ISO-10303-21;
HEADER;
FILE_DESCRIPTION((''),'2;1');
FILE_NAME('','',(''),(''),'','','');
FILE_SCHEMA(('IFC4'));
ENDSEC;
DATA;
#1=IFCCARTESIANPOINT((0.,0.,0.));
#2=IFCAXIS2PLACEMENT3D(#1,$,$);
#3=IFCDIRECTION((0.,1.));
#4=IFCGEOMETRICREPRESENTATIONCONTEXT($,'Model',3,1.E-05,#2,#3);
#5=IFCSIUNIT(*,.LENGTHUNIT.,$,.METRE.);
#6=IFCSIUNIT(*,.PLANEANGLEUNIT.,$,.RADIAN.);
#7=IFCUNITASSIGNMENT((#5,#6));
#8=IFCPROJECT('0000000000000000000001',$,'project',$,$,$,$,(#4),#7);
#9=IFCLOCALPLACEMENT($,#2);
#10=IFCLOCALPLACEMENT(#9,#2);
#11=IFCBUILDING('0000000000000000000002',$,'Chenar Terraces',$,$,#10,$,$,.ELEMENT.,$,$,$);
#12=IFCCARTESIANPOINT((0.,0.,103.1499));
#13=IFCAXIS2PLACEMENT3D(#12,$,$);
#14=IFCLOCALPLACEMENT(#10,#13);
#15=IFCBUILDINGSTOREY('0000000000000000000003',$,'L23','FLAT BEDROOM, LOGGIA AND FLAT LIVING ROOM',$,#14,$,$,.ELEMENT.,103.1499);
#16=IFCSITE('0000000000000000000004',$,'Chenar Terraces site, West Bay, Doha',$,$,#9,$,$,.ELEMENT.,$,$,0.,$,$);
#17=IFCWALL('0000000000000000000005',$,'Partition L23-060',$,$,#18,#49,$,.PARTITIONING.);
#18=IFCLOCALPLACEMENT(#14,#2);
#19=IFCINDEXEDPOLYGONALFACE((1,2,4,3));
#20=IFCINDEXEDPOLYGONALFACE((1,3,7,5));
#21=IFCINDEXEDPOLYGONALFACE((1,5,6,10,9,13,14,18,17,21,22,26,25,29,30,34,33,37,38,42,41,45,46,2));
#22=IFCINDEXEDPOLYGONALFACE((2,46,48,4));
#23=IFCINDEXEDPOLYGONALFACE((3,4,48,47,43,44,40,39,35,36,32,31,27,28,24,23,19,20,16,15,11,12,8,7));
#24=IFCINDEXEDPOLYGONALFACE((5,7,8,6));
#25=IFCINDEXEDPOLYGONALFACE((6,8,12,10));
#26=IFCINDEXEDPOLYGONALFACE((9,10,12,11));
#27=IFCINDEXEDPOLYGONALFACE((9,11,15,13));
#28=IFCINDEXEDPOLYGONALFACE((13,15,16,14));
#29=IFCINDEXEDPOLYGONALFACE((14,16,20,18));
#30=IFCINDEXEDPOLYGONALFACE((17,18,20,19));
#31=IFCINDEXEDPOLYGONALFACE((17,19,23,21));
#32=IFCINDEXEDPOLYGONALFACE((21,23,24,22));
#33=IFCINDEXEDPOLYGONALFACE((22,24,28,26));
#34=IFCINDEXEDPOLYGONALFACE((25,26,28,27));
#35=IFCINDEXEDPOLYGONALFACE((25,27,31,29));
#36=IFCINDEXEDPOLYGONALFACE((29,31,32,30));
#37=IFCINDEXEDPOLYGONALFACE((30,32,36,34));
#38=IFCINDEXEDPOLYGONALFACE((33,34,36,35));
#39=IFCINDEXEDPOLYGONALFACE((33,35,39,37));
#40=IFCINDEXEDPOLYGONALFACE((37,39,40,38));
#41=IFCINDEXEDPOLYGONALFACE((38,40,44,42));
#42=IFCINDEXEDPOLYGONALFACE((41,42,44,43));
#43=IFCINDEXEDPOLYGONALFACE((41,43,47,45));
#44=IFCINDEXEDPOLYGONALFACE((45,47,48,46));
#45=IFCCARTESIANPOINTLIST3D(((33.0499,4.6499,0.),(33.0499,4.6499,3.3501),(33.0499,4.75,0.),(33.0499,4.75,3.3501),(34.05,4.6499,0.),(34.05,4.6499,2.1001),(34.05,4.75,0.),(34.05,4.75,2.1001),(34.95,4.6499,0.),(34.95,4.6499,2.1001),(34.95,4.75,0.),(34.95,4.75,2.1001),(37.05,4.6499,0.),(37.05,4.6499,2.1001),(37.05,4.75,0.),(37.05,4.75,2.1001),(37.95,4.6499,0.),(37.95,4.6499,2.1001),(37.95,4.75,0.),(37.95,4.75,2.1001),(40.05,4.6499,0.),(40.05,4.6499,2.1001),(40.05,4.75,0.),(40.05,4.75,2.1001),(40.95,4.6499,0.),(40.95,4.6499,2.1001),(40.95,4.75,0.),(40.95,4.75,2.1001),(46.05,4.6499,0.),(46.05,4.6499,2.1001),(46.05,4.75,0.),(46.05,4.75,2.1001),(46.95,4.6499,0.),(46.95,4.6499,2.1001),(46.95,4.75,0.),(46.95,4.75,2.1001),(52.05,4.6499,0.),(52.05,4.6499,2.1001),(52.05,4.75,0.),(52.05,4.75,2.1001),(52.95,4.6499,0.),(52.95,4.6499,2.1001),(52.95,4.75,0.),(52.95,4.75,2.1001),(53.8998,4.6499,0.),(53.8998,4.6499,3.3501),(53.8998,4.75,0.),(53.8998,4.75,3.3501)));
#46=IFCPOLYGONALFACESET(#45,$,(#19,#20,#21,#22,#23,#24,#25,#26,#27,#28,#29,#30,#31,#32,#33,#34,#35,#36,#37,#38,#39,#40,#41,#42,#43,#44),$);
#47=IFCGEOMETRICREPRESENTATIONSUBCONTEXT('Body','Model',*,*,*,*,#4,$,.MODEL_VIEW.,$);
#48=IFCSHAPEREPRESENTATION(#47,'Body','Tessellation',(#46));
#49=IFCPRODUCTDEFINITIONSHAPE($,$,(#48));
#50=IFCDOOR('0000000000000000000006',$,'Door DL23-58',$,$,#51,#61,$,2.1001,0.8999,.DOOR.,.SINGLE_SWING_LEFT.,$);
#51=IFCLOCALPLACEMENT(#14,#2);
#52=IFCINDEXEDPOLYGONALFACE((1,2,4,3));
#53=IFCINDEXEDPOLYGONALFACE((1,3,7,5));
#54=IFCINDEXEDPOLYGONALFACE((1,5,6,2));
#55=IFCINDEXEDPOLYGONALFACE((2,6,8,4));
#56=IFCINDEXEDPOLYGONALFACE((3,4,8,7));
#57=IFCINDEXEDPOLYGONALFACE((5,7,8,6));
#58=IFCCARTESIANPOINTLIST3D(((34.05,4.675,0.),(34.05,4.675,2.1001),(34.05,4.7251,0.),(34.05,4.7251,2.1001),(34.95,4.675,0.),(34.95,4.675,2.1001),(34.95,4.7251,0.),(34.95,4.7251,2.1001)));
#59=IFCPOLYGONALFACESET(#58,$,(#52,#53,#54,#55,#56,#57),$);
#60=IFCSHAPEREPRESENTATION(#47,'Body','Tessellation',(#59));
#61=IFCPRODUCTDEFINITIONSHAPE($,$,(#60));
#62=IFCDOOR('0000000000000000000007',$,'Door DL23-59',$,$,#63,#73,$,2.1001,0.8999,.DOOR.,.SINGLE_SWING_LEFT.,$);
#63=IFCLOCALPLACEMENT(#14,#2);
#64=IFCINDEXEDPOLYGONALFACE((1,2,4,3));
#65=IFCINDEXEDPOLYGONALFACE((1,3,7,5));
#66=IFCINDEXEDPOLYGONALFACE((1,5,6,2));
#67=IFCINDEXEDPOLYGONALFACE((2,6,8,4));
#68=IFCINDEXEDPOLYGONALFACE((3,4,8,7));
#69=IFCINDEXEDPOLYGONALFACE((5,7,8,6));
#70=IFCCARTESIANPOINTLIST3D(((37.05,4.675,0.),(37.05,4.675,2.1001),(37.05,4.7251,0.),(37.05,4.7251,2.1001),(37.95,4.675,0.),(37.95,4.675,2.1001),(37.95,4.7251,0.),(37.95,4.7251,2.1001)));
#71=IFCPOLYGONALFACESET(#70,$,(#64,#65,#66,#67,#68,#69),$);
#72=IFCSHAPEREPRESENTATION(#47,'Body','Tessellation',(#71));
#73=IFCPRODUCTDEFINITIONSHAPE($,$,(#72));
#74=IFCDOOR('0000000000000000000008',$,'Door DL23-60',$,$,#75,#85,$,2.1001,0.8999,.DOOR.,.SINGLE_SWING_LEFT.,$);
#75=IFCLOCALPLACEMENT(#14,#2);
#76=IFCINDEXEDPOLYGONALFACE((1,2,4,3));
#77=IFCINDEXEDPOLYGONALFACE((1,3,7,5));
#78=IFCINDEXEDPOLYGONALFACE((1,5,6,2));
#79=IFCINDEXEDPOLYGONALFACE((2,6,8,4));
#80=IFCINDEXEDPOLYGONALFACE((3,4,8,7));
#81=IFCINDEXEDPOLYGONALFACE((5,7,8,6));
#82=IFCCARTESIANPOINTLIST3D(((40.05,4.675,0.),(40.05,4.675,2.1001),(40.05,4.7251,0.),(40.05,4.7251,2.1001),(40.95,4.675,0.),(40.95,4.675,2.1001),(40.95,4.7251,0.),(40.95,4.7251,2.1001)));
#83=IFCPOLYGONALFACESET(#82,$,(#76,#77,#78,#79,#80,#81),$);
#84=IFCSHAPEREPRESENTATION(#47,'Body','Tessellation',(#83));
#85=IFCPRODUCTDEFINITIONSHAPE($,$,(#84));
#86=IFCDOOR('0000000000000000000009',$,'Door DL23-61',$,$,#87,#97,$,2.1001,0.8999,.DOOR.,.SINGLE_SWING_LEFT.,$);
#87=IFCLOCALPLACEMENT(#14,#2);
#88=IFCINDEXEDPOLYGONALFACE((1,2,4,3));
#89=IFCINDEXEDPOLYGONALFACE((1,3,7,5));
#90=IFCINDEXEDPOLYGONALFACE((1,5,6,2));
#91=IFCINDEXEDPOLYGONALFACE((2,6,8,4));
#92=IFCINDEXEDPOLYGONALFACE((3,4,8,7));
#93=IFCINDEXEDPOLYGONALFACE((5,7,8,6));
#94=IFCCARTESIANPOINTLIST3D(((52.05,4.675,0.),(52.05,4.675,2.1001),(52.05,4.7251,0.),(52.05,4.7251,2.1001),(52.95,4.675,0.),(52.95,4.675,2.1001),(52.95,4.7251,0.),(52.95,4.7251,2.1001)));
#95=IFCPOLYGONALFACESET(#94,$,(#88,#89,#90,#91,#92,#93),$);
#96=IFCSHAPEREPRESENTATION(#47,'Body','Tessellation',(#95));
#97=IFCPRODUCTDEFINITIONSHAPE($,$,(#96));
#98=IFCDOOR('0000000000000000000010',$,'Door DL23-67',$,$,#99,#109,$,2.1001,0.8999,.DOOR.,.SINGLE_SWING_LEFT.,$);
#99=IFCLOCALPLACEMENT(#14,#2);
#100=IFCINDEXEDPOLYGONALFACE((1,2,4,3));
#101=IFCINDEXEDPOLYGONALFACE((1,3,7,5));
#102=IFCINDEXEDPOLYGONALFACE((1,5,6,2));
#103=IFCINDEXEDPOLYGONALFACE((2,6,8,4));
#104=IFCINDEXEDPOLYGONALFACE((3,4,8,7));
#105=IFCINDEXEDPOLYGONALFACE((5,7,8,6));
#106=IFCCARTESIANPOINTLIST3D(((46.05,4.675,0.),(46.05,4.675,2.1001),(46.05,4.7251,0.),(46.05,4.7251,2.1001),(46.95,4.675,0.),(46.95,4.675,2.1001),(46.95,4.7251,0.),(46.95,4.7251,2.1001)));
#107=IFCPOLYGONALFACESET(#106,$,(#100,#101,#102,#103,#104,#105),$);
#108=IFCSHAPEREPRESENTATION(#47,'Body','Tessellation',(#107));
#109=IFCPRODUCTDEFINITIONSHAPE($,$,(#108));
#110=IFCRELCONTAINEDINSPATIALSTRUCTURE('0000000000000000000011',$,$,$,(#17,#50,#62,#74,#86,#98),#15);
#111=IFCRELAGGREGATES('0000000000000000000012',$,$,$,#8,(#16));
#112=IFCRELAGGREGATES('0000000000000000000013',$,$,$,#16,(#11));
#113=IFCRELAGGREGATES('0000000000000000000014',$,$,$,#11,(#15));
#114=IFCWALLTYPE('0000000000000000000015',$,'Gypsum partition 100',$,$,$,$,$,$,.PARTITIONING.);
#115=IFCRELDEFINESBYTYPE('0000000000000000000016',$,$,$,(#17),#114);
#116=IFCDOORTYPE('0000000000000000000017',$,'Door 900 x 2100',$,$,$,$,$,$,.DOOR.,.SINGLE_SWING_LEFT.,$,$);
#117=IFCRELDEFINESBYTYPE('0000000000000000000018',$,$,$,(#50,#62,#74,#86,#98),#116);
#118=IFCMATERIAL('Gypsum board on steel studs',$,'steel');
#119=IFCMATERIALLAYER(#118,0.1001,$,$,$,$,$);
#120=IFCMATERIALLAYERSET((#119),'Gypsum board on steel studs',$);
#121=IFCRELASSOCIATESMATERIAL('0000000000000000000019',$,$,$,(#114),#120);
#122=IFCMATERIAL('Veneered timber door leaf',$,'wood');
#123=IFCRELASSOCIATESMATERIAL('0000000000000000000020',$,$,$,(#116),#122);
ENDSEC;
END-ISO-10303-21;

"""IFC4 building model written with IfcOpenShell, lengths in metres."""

from ifc_helpers import new_model, si_unit, direction, frame, frame_2d, origin, place, context, subcontext, project, spatial, rectangle, extrude, material, layer, layer_set, type_object, element, fill, save


model = new_model("IFC4")

# Units and contexts
model_context = context("Model", 3, precision=1e-05, world=origin(), true_north=direction((0.0, 1.0)))
body_context = subcontext(model_context, "Body", "Model", "MODEL_VIEW")
ifc_project = project(units=[si_unit("LENGTHUNIT", "METRE"), si_unit("PLANEANGLEUNIT", "RADIAN")], contexts=[model_context])

# Site, building, storey
site_placement = place(None, origin())
site = spatial("IfcSite", under=ifc_project, at=site_placement, Name="Chenar Terraces site, West Bay, Doha", CompositionType="ELEMENT", RefElevation=0.0)
building_placement = place(site_placement, origin())
building = spatial("IfcBuilding", under=site, at=building_placement, Name="Chenar Terraces", CompositionType="ELEMENT")
storey_placement = place(building_placement, frame((0.0, 0.0, 103.1499)))
storey = spatial("IfcBuildingStorey", under=building, at=storey_placement, Name="L23", Description="FLAT BEDROOM, LOGGIA AND FLAT LIVING ROOM", CompositionType="ELEMENT", Elevation=103.1499)

# Wall, openings, doors
ifc_material_1 = material(Name="Gypsum board on steel studs", Category="steel")
ifc_layer_1 = layer(ifc_material_1, 0.1001)
ifc_layer_set_1 = layer_set([ifc_layer_1], Name="Gypsum board on steel studs")
wall_type_1 = type_object("IfcWallType", Name="Gypsum partition 100", PredefinedType="PARTITIONING", material=ifc_layer_set_1)
wall_1_placement = place(storey_placement, frame((33.05, 4.7, 0.0), z_axis=(0.0, 0.0, 1.0), x_axis=(1.0, 0.0, 0.0)))
wall_1 = element("IfcWall", 1, at=wall_1_placement, inside=storey, type_object=wall_type_1, Name="Partition L23-060", PredefinedType="PARTITIONING", context=body_context, shape_type="SweptSolid", body=[
    extrude(rectangle(XDim=20.8499, YDim=0.1001, at=frame_2d((10.4248, 0.0))), origin(), (0.0, 0.0, 1.0), 3.3501),
])
opening_1_placement = place(wall_1_placement, frame((1.0, 0.0, 0.0)))
opening_1 = element("IfcOpeningElement", 2, at=opening_1_placement, cuts=wall_1, PredefinedType="OPENING", context=body_context, shape_type="SweptSolid", body=[
    extrude(rectangle(XDim=0.8999, YDim=2.1001, at=frame_2d((0.45, 1.05))), frame((0.0, 0.0601, 0.0), z_axis=(0.0, -1.0, 0.0), x_axis=(1.0, 0.0, 0.0)), (0.0, 0.0, 1.0), 0.1201),
])
opening_2_placement = place(wall_1_placement, frame((4.0, 0.0, 0.0)))
opening_2 = element("IfcOpeningElement", 3, at=opening_2_placement, cuts=wall_1, PredefinedType="OPENING", context=body_context, shape_type="SweptSolid", body=[
    extrude(rectangle(XDim=0.8999, YDim=2.1001, at=frame_2d((0.45, 1.05))), frame((0.0, 0.0601, 0.0), z_axis=(0.0, -1.0, 0.0), x_axis=(1.0, 0.0, 0.0)), (0.0, 0.0, 1.0), 0.1201),
])
opening_3_placement = place(wall_1_placement, frame((7.0, 0.0, 0.0)))
opening_3 = element("IfcOpeningElement", 4, at=opening_3_placement, cuts=wall_1, PredefinedType="OPENING", context=body_context, shape_type="SweptSolid", body=[
    extrude(rectangle(XDim=0.8999, YDim=2.1001, at=frame_2d((0.45, 1.05))), frame((0.0, 0.0601, 0.0), z_axis=(0.0, -1.0, 0.0), x_axis=(1.0, 0.0, 0.0)), (0.0, 0.0, 1.0), 0.1201),
])
opening_4_placement = place(wall_1_placement, frame((19.0, 0.0, 0.0)))
opening_4 = element("IfcOpeningElement", 5, at=opening_4_placement, cuts=wall_1, PredefinedType="OPENING", context=body_context, shape_type="SweptSolid", body=[
    extrude(rectangle(XDim=0.8999, YDim=2.1001, at=frame_2d((0.45, 1.05))), frame((0.0, 0.0601, 0.0), z_axis=(0.0, -1.0, 0.0), x_axis=(1.0, 0.0, 0.0)), (0.0, 0.0, 1.0), 0.1201),
])
opening_5_placement = place(wall_1_placement, frame((13.0, 0.0, 0.0)))
opening_5 = element("IfcOpeningElement", 6, at=opening_5_placement, cuts=wall_1, PredefinedType="OPENING", context=body_context, shape_type="SweptSolid", body=[
    extrude(rectangle(XDim=0.8999, YDim=2.1001, at=frame_2d((0.45, 1.05))), frame((0.0, 0.0601, 0.0), z_axis=(0.0, -1.0, 0.0), x_axis=(1.0, 0.0, 0.0)), (0.0, 0.0, 1.0), 0.1201),
])
ifc_material_2 = material(Name="Veneered timber door leaf", Category="wood")
door_type_1 = type_object("IfcDoorType", Name="Door 900 x 2100", OperationType="SINGLE_SWING_LEFT", PredefinedType="DOOR", material=ifc_material_2)
door_1_placement = place(opening_1_placement, frame((0.8999, 0.0, 0.0), z_axis=(0.0, 0.0, 1.0), x_axis=(-1.0, 0.0, 0.0)))
door_1 = element("IfcDoor", 7, at=door_1_placement, inside=storey, type_object=door_type_1, Name="Door DL23-58", OperationType="SINGLE_SWING_LEFT", OverallHeight=2.1001, OverallWidth=0.8999, PredefinedType="DOOR", context=body_context, shape_type="SweptSolid", body=[
    extrude(rectangle(XDim=0.8999, YDim=2.1001, at=frame_2d((0.45, 1.05))), frame((0.0, 0.0249, 0.0), z_axis=(0.0, -1.0, 0.0), x_axis=(1.0, 0.0, 0.0)), (0.0, 0.0, 1.0), 0.05),
])
fill(opening_1, door_1)
door_2_placement = place(opening_2_placement, frame((0.8999, 0.0, 0.0), z_axis=(0.0, 0.0, 1.0), x_axis=(-1.0, 0.0, 0.0)))
door_2 = element("IfcDoor", 8, at=door_2_placement, inside=storey, type_object=door_type_1, Name="Door DL23-59", OperationType="SINGLE_SWING_LEFT", OverallHeight=2.1001, OverallWidth=0.8999, PredefinedType="DOOR", context=body_context, shape_type="SweptSolid", body=[
    extrude(rectangle(XDim=0.8999, YDim=2.1001, at=frame_2d((0.45, 1.05))), frame((0.0, 0.0249, 0.0), z_axis=(0.0, -1.0, 0.0), x_axis=(1.0, 0.0, 0.0)), (0.0, 0.0, 1.0), 0.05),
])
fill(opening_2, door_2)
door_3_placement = place(opening_3_placement, frame((0.8999, 0.0, 0.0), z_axis=(0.0, 0.0, 1.0), x_axis=(-1.0, 0.0, 0.0)))
door_3 = element("IfcDoor", 9, at=door_3_placement, inside=storey, type_object=door_type_1, Name="Door DL23-60", OperationType="SINGLE_SWING_LEFT", OverallHeight=2.1001, OverallWidth=0.8999, PredefinedType="DOOR", context=body_context, shape_type="SweptSolid", body=[
    extrude(rectangle(XDim=0.8999, YDim=2.1001, at=frame_2d((0.45, 1.05))), frame((0.0, 0.0249, 0.0), z_axis=(0.0, -1.0, 0.0), x_axis=(1.0, 0.0, 0.0)), (0.0, 0.0, 1.0), 0.05),
])
fill(opening_3, door_3)
door_4_placement = place(opening_4_placement, frame((0.8999, 0.0, 0.0), z_axis=(0.0, 0.0, 1.0), x_axis=(-1.0, 0.0, 0.0)))
door_4 = element("IfcDoor", 10, at=door_4_placement, inside=storey, type_object=door_type_1, Name="Door DL23-61", OperationType="SINGLE_SWING_LEFT", OverallHeight=2.1001, OverallWidth=0.8999, PredefinedType="DOOR", context=body_context, shape_type="SweptSolid", body=[
    extrude(rectangle(XDim=0.8999, YDim=2.1001, at=frame_2d((0.45, 1.05))), frame((0.0, 0.0249, 0.0), z_axis=(0.0, -1.0, 0.0), x_axis=(1.0, 0.0, 0.0)), (0.0, 0.0, 1.0), 0.05),
])
fill(opening_4, door_4)
door_5_placement = place(opening_5_placement, frame((0.8999, 0.0, 0.0), z_axis=(0.0, 0.0, 1.0), x_axis=(-1.0, 0.0, 0.0)))
door_5 = element("IfcDoor", 11, at=door_5_placement, inside=storey, type_object=door_type_1, Name="Door DL23-67", OperationType="SINGLE_SWING_LEFT", OverallHeight=2.1001, OverallWidth=0.8999, PredefinedType="DOOR", context=body_context, shape_type="SweptSolid", body=[
    extrude(rectangle(XDim=0.8999, YDim=2.1001, at=frame_2d((0.45, 1.05))), frame((0.0, 0.0249, 0.0), z_axis=(0.0, -1.0, 0.0), x_axis=(1.0, 0.0, 0.0)), (0.0, 0.0, 1.0), 0.05),
])
fill(opening_5, door_5)

save(model, "model.ifc")
